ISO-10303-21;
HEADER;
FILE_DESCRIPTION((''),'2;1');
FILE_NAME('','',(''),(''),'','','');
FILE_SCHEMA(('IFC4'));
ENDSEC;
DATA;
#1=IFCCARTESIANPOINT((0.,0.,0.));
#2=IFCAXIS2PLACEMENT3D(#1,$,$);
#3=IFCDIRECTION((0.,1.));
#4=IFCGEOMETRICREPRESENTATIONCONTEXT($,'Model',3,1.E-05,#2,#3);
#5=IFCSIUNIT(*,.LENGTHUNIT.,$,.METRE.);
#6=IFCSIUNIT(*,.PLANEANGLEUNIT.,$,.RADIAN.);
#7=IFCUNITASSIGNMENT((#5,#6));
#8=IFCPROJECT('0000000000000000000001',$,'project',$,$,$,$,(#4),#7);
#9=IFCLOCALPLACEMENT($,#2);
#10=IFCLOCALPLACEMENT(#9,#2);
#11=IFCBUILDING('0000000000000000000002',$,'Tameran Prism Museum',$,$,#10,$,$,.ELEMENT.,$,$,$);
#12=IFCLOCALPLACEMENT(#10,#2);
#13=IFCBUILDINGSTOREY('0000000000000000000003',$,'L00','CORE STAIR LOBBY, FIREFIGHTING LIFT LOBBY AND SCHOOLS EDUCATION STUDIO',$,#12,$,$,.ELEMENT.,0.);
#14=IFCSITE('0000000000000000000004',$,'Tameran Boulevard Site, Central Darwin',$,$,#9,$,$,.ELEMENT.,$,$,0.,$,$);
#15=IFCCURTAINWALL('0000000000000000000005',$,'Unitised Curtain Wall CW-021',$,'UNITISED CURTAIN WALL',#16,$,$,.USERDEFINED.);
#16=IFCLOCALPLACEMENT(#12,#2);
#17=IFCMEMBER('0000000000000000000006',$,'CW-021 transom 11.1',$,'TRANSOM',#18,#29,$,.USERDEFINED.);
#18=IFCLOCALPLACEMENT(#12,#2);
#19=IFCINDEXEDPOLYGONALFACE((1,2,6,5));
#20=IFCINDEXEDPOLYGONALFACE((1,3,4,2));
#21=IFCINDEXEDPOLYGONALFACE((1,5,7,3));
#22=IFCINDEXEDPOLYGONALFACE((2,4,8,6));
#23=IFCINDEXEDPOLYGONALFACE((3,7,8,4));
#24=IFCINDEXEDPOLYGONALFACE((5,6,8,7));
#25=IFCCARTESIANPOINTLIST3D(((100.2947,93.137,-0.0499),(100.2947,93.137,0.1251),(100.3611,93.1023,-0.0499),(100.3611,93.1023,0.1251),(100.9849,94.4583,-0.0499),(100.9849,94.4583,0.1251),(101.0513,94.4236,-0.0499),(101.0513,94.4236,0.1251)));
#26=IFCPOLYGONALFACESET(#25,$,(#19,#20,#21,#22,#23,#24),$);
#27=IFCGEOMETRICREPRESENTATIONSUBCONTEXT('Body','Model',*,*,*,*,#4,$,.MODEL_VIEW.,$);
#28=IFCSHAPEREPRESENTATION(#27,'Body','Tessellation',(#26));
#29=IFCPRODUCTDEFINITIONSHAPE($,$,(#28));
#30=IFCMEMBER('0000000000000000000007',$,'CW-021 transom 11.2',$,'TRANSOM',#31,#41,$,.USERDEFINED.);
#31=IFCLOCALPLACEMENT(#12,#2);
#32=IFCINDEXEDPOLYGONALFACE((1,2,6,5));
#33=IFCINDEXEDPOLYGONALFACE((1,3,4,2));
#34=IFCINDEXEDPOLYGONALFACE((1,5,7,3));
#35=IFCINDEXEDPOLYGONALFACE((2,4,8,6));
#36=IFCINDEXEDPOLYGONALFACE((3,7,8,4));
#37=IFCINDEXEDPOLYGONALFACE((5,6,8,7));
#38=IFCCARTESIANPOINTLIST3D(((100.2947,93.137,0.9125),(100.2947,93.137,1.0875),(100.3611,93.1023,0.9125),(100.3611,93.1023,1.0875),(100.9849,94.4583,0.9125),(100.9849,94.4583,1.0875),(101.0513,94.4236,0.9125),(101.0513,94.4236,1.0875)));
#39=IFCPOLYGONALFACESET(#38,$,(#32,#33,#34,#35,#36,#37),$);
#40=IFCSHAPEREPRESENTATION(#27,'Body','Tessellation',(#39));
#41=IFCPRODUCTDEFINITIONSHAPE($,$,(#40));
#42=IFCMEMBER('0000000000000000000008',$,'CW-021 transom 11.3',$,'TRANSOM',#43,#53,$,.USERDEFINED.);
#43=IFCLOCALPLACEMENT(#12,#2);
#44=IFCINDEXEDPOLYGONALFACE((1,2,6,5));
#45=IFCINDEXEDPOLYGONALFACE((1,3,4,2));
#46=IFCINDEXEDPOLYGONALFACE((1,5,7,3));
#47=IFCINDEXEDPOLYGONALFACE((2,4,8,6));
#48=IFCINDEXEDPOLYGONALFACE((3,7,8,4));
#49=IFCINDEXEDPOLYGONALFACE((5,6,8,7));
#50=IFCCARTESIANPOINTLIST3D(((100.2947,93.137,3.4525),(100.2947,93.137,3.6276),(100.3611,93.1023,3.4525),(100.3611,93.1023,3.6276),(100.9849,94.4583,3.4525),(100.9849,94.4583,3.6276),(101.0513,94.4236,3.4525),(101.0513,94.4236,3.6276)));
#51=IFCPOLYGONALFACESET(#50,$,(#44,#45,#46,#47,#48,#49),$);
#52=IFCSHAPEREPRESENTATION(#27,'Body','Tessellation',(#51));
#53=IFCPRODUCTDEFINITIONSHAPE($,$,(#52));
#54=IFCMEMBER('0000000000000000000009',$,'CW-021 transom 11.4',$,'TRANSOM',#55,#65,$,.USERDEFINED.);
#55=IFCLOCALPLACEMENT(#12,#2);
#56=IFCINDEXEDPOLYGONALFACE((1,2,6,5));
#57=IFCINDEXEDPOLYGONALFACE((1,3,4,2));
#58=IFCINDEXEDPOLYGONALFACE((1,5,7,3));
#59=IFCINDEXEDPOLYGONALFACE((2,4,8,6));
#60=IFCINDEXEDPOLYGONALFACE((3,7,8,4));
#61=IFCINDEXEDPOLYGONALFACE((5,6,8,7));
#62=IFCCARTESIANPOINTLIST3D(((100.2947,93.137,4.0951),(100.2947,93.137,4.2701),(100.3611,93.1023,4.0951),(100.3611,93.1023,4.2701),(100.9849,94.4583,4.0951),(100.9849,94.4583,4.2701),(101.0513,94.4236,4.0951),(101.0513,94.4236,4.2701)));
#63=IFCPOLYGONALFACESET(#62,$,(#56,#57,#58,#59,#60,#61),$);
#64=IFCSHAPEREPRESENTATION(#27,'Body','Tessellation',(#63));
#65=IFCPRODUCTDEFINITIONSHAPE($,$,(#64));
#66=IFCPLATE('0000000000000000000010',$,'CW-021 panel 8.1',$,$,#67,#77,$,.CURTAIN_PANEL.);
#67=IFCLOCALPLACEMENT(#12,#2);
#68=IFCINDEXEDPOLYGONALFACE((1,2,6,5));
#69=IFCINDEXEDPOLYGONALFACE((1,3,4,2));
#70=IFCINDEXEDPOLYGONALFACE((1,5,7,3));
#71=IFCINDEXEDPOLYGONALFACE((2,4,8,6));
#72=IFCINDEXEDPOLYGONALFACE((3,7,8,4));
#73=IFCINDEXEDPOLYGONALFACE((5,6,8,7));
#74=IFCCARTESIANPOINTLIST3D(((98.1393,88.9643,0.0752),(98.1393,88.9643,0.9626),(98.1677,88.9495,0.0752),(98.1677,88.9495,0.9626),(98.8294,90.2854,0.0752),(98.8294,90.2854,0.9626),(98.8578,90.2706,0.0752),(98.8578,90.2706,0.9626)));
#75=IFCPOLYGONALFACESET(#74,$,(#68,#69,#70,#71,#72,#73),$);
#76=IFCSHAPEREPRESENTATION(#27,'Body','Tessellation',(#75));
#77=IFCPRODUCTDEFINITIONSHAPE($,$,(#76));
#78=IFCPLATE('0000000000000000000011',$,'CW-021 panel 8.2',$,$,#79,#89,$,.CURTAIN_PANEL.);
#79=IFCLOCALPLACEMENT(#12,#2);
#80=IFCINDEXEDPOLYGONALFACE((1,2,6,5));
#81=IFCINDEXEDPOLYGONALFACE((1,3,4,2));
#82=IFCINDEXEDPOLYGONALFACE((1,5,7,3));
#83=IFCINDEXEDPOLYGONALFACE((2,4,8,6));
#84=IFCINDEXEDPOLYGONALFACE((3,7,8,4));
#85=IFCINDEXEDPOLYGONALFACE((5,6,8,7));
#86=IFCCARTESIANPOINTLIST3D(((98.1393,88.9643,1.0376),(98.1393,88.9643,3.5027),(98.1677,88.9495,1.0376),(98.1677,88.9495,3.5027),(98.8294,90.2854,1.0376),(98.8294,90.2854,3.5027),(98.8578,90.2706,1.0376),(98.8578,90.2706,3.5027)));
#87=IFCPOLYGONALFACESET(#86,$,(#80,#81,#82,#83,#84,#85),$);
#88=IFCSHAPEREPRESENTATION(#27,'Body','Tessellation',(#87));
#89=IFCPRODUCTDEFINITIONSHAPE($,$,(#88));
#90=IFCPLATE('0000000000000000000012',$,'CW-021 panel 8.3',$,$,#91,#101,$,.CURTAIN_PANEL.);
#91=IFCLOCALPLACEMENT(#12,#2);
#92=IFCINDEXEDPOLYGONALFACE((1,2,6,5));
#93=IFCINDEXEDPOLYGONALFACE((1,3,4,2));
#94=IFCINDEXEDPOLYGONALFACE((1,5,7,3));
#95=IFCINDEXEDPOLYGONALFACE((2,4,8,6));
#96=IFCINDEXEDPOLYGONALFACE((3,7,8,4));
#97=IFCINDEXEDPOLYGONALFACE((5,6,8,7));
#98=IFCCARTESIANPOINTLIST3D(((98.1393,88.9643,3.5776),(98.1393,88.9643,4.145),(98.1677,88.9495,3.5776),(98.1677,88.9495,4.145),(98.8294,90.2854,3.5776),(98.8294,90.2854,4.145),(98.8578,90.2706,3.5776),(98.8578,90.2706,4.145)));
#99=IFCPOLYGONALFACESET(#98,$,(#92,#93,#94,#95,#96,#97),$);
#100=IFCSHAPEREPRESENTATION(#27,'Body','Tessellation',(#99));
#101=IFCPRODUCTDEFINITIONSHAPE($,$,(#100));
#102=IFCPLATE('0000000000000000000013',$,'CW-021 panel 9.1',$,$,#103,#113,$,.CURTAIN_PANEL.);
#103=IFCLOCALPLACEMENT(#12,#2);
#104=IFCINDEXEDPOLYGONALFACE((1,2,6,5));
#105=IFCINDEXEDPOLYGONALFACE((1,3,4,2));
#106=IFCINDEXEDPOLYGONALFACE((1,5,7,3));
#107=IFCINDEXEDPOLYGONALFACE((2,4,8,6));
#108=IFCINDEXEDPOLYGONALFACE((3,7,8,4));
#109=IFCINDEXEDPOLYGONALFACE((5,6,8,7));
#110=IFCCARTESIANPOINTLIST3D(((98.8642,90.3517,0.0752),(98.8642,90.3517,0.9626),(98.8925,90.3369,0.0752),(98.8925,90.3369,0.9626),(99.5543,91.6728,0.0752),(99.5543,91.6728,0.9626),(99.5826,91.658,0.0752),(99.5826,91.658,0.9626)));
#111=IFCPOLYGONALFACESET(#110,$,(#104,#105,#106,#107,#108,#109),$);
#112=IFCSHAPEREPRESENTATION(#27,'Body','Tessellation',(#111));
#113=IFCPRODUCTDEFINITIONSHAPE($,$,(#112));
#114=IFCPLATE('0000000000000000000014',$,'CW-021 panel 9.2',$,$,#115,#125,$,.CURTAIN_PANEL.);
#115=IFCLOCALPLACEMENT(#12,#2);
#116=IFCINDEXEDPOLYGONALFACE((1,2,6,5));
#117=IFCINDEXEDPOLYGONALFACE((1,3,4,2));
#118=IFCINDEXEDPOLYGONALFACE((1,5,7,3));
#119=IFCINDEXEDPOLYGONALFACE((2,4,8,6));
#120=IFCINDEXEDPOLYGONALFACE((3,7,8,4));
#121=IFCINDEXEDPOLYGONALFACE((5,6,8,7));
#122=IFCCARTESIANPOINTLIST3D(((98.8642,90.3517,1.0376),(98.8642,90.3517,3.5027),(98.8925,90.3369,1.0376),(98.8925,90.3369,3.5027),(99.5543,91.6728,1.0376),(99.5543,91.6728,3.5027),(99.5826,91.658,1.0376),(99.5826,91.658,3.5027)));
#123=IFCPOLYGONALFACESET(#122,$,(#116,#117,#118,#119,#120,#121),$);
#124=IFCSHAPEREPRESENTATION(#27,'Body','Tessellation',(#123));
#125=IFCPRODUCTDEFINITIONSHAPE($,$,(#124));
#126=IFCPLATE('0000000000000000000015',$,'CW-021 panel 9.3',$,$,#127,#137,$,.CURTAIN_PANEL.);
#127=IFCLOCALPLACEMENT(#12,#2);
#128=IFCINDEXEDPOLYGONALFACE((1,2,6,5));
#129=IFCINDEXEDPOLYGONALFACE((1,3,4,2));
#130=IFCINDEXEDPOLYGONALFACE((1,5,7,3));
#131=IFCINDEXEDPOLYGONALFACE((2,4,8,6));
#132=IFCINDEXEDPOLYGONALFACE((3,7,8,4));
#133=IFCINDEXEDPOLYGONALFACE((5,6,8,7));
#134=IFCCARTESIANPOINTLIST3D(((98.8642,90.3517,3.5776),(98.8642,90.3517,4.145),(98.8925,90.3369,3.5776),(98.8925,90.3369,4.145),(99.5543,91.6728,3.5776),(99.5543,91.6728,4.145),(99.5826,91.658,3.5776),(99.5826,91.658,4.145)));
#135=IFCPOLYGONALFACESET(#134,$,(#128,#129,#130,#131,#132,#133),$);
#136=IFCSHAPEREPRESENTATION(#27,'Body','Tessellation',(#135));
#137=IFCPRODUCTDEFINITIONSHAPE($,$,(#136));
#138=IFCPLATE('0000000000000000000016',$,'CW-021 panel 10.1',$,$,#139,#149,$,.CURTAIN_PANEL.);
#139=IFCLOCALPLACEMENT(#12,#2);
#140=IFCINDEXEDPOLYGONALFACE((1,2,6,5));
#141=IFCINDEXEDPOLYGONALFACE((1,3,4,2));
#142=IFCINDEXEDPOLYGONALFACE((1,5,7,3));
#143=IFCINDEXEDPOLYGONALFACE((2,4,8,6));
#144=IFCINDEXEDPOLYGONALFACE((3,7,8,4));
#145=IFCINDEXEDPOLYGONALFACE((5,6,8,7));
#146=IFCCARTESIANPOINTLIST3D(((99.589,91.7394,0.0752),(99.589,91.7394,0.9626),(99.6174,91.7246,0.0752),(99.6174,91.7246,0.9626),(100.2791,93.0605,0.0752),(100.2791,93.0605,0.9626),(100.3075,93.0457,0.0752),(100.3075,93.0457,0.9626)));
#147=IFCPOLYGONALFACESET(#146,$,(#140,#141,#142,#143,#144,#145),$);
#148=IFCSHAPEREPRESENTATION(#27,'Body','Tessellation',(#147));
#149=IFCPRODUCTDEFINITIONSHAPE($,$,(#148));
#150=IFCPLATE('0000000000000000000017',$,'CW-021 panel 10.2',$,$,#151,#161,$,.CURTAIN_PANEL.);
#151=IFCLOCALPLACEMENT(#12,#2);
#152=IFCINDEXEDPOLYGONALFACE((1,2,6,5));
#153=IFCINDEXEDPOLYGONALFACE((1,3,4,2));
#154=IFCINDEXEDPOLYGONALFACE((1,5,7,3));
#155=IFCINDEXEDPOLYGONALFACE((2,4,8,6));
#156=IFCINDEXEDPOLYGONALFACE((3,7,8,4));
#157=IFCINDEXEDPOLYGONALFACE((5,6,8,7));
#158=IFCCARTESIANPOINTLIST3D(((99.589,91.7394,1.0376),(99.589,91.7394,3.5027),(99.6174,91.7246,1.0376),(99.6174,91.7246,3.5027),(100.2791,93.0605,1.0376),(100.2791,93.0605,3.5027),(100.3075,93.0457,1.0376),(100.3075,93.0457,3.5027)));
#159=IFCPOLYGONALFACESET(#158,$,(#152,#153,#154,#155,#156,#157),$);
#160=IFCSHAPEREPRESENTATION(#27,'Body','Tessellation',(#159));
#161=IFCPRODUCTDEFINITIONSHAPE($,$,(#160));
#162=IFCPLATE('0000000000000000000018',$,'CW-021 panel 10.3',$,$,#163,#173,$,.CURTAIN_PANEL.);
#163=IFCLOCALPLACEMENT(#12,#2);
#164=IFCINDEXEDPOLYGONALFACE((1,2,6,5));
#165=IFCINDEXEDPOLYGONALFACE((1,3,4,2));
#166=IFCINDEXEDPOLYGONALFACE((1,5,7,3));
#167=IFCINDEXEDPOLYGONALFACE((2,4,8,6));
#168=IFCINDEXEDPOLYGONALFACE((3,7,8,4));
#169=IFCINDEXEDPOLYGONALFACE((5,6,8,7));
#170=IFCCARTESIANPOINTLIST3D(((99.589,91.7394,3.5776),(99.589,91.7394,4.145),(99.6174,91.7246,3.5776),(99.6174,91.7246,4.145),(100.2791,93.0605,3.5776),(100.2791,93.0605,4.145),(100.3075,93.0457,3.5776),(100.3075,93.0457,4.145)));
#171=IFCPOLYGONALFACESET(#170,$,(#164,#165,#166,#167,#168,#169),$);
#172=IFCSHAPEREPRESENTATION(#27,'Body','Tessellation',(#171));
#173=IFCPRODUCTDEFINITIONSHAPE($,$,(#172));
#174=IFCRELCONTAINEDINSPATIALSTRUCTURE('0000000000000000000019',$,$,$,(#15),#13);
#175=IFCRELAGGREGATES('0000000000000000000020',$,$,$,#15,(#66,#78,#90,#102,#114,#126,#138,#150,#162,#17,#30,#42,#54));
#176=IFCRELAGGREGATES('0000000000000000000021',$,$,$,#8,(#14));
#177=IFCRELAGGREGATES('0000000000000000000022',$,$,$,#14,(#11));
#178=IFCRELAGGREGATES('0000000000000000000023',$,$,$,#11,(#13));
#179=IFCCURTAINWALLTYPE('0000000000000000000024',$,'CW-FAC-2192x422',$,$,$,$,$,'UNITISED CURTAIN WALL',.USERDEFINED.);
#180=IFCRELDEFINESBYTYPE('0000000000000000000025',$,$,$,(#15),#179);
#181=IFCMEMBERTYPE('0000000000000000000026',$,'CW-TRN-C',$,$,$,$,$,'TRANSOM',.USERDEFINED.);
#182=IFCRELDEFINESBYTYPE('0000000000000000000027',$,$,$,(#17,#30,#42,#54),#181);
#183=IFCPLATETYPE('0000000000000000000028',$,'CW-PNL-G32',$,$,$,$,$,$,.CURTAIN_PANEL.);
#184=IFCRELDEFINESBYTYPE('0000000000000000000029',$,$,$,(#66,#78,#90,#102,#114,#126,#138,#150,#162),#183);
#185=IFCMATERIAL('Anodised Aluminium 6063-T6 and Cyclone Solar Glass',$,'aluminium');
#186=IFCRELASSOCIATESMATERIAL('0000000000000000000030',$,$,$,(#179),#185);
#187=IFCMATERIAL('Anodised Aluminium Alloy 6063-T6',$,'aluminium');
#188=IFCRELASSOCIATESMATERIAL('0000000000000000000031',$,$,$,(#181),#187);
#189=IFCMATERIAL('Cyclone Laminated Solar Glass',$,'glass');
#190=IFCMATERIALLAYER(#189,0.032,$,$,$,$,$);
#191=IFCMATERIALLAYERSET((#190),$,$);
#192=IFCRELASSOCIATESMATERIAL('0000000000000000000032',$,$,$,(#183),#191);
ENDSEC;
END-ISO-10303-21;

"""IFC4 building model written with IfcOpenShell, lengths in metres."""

from ifc_helpers import new_model, si_unit, direction, frame, origin, origin_2d, place, context, subcontext, project, spatial, rectangle, extrude, material, layer, layer_set, material_profile, profile_set, type_object, element, aggregate, save


model = new_model("IFC4")

# Units and contexts
model_context = context("Model", 3, precision=1e-05, world=origin(), true_north=direction((0.0, 1.0)))
body_context = subcontext(model_context, "Body", "Model", "MODEL_VIEW")
ifc_project = project(units=[si_unit("LENGTHUNIT", "METRE"), si_unit("PLANEANGLEUNIT", "RADIAN")], contexts=[model_context])

# Site, building, storey
site_placement = place(None, origin())
site = spatial("IfcSite", under=ifc_project, at=site_placement, Name="Tameran Boulevard Site, Central Darwin", CompositionType="ELEMENT", RefElevation=0.0)
building_placement = place(site_placement, origin())
building = spatial("IfcBuilding", under=site, at=building_placement, Name="Tameran Prism Museum", CompositionType="ELEMENT")
storey_placement = place(building_placement, origin())
storey = spatial("IfcBuildingStorey", under=building, at=storey_placement, Name="L00", Description="CORE STAIR LOBBY, FIREFIGHTING LIFT LOBBY AND SCHOOLS EDUCATION STUDIO", CompositionType="ELEMENT", Elevation=0.0)

# Curtain wall, members, plates
ifc_material_1 = material(Name="Anodised Aluminium 6063-T6 and Cyclone Solar Glass", Category="aluminium")
curtain_wall_type = type_object("IfcCurtainWallType", Name="CW-FAC-2192x422", ElementType="UNITISED CURTAIN WALL", PredefinedType="USERDEFINED", material=ifc_material_1)
curtain_wall_placement = place(storey_placement, origin())
curtain_wall = element("IfcCurtainWall", 1, at=curtain_wall_placement, inside=storey, type_object=curtain_wall_type, Name="Unitised Curtain Wall CW-021", ObjectType="UNITISED CURTAIN WALL", PredefinedType="USERDEFINED")
ifc_material_2 = material(Name="Anodised Aluminium Alloy 6063-T6", Category="aluminium")
ifc_material_profile_1 = material_profile(ifc_material_2, rectangle(XDim=0.075, YDim=0.175, at=origin_2d()))
ifc_profile_set_1 = profile_set([ifc_material_profile_1])
member_type_1 = type_object("IfcMemberType", Name="CW-TRN-C", ElementType="TRANSOM", PredefinedType="USERDEFINED", material=ifc_profile_set_1)
member_1_placement = place(storey_placement, frame((100.3279, 93.1196, 0.0376), z_axis=(0.462997, 0.88636, 0.0), x_axis=(-0.88636, 0.462997, 0.0)))
member_1 = element("IfcMember", 2, at=member_1_placement, type_object=member_type_1, Name="CW-021 transom 11.1", ObjectType="TRANSOM", PredefinedType="USERDEFINED", context=body_context, shape_type="SweptSolid", body=[
    extrude(rectangle(XDim=0.075, YDim=0.175, at=origin_2d()), origin(), (0.0, 0.0, 1.0), 1.4907),
])
member_2_placement = place(storey_placement, frame((100.3279, 93.1196, 1.0), z_axis=(0.462997, 0.88636, 0.0), x_axis=(-0.88636, 0.462997, 0.0)))
member_2 = element("IfcMember", 3, at=member_2_placement, type_object=member_type_1, Name="CW-021 transom 11.2", ObjectType="TRANSOM", PredefinedType="USERDEFINED", context=body_context, shape_type="SweptSolid", body=[
    extrude(rectangle(XDim=0.075, YDim=0.175, at=origin_2d()), origin(), (0.0, 0.0, 1.0), 1.4907),
])
member_3_placement = place(storey_placement, frame((100.3279, 93.1196, 3.54), z_axis=(0.462997, 0.88636, 0.0), x_axis=(-0.88636, 0.462997, 0.0)))
member_3 = element("IfcMember", 4, at=member_3_placement, type_object=member_type_1, Name="CW-021 transom 11.3", ObjectType="TRANSOM", PredefinedType="USERDEFINED", context=body_context, shape_type="SweptSolid", body=[
    extrude(rectangle(XDim=0.075, YDim=0.175, at=origin_2d()), origin(), (0.0, 0.0, 1.0), 1.4907),
])
member_4_placement = place(storey_placement, frame((100.3279, 93.1196, 4.1826), z_axis=(0.462997, 0.88636, 0.0), x_axis=(-0.88636, 0.462997, 0.0)))
member_4 = element("IfcMember", 5, at=member_4_placement, type_object=member_type_1, Name="CW-021 transom 11.4", ObjectType="TRANSOM", PredefinedType="USERDEFINED", context=body_context, shape_type="SweptSolid", body=[
    extrude(rectangle(XDim=0.075, YDim=0.175, at=origin_2d()), origin(), (0.0, 0.0, 1.0), 1.4907),
])
ifc_material_3 = material(Name="Cyclone Laminated Solar Glass", Category="glass")
ifc_layer_1 = layer(ifc_material_3, 0.032)
ifc_layer_set_1 = layer_set([ifc_layer_1])
plate_type = type_object("IfcPlateType", Name="CW-PNL-G32", PredefinedType="CURTAIN_PANEL", material=ifc_layer_set_1)
plate_1_placement = place(storey_placement, frame((98.4985, 89.6174, 0.0752), z_axis=(0.0, 0.0, 1.0), x_axis=(0.463003, 0.886357, 0.0)))
plate_1 = element("IfcPlate", 6, at=plate_1_placement, type_object=plate_type, Name="CW-021 panel 8.1", PredefinedType="CURTAIN_PANEL", context=body_context, shape_type="SweptSolid", body=[
    extrude(rectangle(XDim=1.4905, YDim=0.032, at=origin_2d()), origin(), (0.0, 0.0, 1.0), 0.8875),
])
plate_2_placement = place(storey_placement, frame((98.4985, 89.6174, 1.0376), z_axis=(0.0, 0.0, 1.0), x_axis=(0.463003, 0.886357, 0.0)))
plate_2 = element("IfcPlate", 7, at=plate_2_placement, type_object=plate_type, Name="CW-021 panel 8.2", PredefinedType="CURTAIN_PANEL", context=body_context, shape_type="SweptSolid", body=[
    extrude(rectangle(XDim=1.4905, YDim=0.032, at=origin_2d()), origin(), (0.0, 0.0, 1.0), 2.4651),
])
plate_3_placement = place(storey_placement, frame((98.4985, 89.6174, 3.5776), z_axis=(0.0, 0.0, 1.0), x_axis=(0.463003, 0.886357, 0.0)))
plate_3 = element("IfcPlate", 8, at=plate_3_placement, type_object=plate_type, Name="CW-021 panel 8.3", PredefinedType="CURTAIN_PANEL", context=body_context, shape_type="SweptSolid", body=[
    extrude(rectangle(XDim=1.4905, YDim=0.032, at=origin_2d()), origin(), (0.0, 0.0, 1.0), 0.5674),
])
plate_4_placement = place(storey_placement, frame((99.2234, 91.0049, 0.0752), z_axis=(0.0, 0.0, 1.0), x_axis=(0.463003, 0.886357, 0.0)))
plate_4 = element("IfcPlate", 9, at=plate_4_placement, type_object=plate_type, Name="CW-021 panel 9.1", PredefinedType="CURTAIN_PANEL", context=body_context, shape_type="SweptSolid", body=[
    extrude(rectangle(XDim=1.4905, YDim=0.032, at=origin_2d()), origin(), (0.0, 0.0, 1.0), 0.8875),
])
plate_5_placement = place(storey_placement, frame((99.2234, 91.0049, 1.0376), z_axis=(0.0, 0.0, 1.0), x_axis=(0.463003, 0.886357, 0.0)))
plate_5 = element("IfcPlate", 10, at=plate_5_placement, type_object=plate_type, Name="CW-021 panel 9.2", PredefinedType="CURTAIN_PANEL", context=body_context, shape_type="SweptSolid", body=[
    extrude(rectangle(XDim=1.4905, YDim=0.032, at=origin_2d()), origin(), (0.0, 0.0, 1.0), 2.4651),
])
plate_6_placement = place(storey_placement, frame((99.2234, 91.0049, 3.5776), z_axis=(0.0, 0.0, 1.0), x_axis=(0.463003, 0.886357, 0.0)))
plate_6 = element("IfcPlate", 11, at=plate_6_placement, type_object=plate_type, Name="CW-021 panel 9.3", PredefinedType="CURTAIN_PANEL", context=body_context, shape_type="SweptSolid", body=[
    extrude(rectangle(XDim=1.4905, YDim=0.032, at=origin_2d()), origin(), (0.0, 0.0, 1.0), 0.5674),
])
plate_7_placement = place(storey_placement, frame((99.9482, 92.3926, 0.0752), z_axis=(0.0, 0.0, 1.0), x_axis=(0.463003, 0.886357, 0.0)))
plate_7 = element("IfcPlate", 12, at=plate_7_placement, type_object=plate_type, Name="CW-021 panel 10.1", PredefinedType="CURTAIN_PANEL", context=body_context, shape_type="SweptSolid", body=[
    extrude(rectangle(XDim=1.4905, YDim=0.032, at=origin_2d()), origin(), (0.0, 0.0, 1.0), 0.8875),
])
plate_8_placement = place(storey_placement, frame((99.9482, 92.3926, 1.0376), z_axis=(0.0, 0.0, 1.0), x_axis=(0.463003, 0.886357, 0.0)))
plate_8 = element("IfcPlate", 13, at=plate_8_placement, type_object=plate_type, Name="CW-021 panel 10.2", PredefinedType="CURTAIN_PANEL", context=body_context, shape_type="SweptSolid", body=[
    extrude(rectangle(XDim=1.4905, YDim=0.032, at=origin_2d()), origin(), (0.0, 0.0, 1.0), 2.4651),
])
plate_9_placement = place(storey_placement, frame((99.9482, 92.3926, 3.5776), z_axis=(0.0, 0.0, 1.0), x_axis=(0.463003, 0.886357, 0.0)))
plate_9 = element("IfcPlate", 14, at=plate_9_placement, type_object=plate_type, Name="CW-021 panel 10.3", PredefinedType="CURTAIN_PANEL", context=body_context, shape_type="SweptSolid", body=[
    extrude(rectangle(XDim=1.4905, YDim=0.032, at=origin_2d()), origin(), (0.0, 0.0, 1.0), 0.5674),
])
aggregate(curtain_wall, [plate_1, plate_2, plate_3, plate_4, plate_5, plate_6, plate_7, plate_8, plate_9, member_1, member_2, member_3, member_4])

save(model, "model.ifc")
